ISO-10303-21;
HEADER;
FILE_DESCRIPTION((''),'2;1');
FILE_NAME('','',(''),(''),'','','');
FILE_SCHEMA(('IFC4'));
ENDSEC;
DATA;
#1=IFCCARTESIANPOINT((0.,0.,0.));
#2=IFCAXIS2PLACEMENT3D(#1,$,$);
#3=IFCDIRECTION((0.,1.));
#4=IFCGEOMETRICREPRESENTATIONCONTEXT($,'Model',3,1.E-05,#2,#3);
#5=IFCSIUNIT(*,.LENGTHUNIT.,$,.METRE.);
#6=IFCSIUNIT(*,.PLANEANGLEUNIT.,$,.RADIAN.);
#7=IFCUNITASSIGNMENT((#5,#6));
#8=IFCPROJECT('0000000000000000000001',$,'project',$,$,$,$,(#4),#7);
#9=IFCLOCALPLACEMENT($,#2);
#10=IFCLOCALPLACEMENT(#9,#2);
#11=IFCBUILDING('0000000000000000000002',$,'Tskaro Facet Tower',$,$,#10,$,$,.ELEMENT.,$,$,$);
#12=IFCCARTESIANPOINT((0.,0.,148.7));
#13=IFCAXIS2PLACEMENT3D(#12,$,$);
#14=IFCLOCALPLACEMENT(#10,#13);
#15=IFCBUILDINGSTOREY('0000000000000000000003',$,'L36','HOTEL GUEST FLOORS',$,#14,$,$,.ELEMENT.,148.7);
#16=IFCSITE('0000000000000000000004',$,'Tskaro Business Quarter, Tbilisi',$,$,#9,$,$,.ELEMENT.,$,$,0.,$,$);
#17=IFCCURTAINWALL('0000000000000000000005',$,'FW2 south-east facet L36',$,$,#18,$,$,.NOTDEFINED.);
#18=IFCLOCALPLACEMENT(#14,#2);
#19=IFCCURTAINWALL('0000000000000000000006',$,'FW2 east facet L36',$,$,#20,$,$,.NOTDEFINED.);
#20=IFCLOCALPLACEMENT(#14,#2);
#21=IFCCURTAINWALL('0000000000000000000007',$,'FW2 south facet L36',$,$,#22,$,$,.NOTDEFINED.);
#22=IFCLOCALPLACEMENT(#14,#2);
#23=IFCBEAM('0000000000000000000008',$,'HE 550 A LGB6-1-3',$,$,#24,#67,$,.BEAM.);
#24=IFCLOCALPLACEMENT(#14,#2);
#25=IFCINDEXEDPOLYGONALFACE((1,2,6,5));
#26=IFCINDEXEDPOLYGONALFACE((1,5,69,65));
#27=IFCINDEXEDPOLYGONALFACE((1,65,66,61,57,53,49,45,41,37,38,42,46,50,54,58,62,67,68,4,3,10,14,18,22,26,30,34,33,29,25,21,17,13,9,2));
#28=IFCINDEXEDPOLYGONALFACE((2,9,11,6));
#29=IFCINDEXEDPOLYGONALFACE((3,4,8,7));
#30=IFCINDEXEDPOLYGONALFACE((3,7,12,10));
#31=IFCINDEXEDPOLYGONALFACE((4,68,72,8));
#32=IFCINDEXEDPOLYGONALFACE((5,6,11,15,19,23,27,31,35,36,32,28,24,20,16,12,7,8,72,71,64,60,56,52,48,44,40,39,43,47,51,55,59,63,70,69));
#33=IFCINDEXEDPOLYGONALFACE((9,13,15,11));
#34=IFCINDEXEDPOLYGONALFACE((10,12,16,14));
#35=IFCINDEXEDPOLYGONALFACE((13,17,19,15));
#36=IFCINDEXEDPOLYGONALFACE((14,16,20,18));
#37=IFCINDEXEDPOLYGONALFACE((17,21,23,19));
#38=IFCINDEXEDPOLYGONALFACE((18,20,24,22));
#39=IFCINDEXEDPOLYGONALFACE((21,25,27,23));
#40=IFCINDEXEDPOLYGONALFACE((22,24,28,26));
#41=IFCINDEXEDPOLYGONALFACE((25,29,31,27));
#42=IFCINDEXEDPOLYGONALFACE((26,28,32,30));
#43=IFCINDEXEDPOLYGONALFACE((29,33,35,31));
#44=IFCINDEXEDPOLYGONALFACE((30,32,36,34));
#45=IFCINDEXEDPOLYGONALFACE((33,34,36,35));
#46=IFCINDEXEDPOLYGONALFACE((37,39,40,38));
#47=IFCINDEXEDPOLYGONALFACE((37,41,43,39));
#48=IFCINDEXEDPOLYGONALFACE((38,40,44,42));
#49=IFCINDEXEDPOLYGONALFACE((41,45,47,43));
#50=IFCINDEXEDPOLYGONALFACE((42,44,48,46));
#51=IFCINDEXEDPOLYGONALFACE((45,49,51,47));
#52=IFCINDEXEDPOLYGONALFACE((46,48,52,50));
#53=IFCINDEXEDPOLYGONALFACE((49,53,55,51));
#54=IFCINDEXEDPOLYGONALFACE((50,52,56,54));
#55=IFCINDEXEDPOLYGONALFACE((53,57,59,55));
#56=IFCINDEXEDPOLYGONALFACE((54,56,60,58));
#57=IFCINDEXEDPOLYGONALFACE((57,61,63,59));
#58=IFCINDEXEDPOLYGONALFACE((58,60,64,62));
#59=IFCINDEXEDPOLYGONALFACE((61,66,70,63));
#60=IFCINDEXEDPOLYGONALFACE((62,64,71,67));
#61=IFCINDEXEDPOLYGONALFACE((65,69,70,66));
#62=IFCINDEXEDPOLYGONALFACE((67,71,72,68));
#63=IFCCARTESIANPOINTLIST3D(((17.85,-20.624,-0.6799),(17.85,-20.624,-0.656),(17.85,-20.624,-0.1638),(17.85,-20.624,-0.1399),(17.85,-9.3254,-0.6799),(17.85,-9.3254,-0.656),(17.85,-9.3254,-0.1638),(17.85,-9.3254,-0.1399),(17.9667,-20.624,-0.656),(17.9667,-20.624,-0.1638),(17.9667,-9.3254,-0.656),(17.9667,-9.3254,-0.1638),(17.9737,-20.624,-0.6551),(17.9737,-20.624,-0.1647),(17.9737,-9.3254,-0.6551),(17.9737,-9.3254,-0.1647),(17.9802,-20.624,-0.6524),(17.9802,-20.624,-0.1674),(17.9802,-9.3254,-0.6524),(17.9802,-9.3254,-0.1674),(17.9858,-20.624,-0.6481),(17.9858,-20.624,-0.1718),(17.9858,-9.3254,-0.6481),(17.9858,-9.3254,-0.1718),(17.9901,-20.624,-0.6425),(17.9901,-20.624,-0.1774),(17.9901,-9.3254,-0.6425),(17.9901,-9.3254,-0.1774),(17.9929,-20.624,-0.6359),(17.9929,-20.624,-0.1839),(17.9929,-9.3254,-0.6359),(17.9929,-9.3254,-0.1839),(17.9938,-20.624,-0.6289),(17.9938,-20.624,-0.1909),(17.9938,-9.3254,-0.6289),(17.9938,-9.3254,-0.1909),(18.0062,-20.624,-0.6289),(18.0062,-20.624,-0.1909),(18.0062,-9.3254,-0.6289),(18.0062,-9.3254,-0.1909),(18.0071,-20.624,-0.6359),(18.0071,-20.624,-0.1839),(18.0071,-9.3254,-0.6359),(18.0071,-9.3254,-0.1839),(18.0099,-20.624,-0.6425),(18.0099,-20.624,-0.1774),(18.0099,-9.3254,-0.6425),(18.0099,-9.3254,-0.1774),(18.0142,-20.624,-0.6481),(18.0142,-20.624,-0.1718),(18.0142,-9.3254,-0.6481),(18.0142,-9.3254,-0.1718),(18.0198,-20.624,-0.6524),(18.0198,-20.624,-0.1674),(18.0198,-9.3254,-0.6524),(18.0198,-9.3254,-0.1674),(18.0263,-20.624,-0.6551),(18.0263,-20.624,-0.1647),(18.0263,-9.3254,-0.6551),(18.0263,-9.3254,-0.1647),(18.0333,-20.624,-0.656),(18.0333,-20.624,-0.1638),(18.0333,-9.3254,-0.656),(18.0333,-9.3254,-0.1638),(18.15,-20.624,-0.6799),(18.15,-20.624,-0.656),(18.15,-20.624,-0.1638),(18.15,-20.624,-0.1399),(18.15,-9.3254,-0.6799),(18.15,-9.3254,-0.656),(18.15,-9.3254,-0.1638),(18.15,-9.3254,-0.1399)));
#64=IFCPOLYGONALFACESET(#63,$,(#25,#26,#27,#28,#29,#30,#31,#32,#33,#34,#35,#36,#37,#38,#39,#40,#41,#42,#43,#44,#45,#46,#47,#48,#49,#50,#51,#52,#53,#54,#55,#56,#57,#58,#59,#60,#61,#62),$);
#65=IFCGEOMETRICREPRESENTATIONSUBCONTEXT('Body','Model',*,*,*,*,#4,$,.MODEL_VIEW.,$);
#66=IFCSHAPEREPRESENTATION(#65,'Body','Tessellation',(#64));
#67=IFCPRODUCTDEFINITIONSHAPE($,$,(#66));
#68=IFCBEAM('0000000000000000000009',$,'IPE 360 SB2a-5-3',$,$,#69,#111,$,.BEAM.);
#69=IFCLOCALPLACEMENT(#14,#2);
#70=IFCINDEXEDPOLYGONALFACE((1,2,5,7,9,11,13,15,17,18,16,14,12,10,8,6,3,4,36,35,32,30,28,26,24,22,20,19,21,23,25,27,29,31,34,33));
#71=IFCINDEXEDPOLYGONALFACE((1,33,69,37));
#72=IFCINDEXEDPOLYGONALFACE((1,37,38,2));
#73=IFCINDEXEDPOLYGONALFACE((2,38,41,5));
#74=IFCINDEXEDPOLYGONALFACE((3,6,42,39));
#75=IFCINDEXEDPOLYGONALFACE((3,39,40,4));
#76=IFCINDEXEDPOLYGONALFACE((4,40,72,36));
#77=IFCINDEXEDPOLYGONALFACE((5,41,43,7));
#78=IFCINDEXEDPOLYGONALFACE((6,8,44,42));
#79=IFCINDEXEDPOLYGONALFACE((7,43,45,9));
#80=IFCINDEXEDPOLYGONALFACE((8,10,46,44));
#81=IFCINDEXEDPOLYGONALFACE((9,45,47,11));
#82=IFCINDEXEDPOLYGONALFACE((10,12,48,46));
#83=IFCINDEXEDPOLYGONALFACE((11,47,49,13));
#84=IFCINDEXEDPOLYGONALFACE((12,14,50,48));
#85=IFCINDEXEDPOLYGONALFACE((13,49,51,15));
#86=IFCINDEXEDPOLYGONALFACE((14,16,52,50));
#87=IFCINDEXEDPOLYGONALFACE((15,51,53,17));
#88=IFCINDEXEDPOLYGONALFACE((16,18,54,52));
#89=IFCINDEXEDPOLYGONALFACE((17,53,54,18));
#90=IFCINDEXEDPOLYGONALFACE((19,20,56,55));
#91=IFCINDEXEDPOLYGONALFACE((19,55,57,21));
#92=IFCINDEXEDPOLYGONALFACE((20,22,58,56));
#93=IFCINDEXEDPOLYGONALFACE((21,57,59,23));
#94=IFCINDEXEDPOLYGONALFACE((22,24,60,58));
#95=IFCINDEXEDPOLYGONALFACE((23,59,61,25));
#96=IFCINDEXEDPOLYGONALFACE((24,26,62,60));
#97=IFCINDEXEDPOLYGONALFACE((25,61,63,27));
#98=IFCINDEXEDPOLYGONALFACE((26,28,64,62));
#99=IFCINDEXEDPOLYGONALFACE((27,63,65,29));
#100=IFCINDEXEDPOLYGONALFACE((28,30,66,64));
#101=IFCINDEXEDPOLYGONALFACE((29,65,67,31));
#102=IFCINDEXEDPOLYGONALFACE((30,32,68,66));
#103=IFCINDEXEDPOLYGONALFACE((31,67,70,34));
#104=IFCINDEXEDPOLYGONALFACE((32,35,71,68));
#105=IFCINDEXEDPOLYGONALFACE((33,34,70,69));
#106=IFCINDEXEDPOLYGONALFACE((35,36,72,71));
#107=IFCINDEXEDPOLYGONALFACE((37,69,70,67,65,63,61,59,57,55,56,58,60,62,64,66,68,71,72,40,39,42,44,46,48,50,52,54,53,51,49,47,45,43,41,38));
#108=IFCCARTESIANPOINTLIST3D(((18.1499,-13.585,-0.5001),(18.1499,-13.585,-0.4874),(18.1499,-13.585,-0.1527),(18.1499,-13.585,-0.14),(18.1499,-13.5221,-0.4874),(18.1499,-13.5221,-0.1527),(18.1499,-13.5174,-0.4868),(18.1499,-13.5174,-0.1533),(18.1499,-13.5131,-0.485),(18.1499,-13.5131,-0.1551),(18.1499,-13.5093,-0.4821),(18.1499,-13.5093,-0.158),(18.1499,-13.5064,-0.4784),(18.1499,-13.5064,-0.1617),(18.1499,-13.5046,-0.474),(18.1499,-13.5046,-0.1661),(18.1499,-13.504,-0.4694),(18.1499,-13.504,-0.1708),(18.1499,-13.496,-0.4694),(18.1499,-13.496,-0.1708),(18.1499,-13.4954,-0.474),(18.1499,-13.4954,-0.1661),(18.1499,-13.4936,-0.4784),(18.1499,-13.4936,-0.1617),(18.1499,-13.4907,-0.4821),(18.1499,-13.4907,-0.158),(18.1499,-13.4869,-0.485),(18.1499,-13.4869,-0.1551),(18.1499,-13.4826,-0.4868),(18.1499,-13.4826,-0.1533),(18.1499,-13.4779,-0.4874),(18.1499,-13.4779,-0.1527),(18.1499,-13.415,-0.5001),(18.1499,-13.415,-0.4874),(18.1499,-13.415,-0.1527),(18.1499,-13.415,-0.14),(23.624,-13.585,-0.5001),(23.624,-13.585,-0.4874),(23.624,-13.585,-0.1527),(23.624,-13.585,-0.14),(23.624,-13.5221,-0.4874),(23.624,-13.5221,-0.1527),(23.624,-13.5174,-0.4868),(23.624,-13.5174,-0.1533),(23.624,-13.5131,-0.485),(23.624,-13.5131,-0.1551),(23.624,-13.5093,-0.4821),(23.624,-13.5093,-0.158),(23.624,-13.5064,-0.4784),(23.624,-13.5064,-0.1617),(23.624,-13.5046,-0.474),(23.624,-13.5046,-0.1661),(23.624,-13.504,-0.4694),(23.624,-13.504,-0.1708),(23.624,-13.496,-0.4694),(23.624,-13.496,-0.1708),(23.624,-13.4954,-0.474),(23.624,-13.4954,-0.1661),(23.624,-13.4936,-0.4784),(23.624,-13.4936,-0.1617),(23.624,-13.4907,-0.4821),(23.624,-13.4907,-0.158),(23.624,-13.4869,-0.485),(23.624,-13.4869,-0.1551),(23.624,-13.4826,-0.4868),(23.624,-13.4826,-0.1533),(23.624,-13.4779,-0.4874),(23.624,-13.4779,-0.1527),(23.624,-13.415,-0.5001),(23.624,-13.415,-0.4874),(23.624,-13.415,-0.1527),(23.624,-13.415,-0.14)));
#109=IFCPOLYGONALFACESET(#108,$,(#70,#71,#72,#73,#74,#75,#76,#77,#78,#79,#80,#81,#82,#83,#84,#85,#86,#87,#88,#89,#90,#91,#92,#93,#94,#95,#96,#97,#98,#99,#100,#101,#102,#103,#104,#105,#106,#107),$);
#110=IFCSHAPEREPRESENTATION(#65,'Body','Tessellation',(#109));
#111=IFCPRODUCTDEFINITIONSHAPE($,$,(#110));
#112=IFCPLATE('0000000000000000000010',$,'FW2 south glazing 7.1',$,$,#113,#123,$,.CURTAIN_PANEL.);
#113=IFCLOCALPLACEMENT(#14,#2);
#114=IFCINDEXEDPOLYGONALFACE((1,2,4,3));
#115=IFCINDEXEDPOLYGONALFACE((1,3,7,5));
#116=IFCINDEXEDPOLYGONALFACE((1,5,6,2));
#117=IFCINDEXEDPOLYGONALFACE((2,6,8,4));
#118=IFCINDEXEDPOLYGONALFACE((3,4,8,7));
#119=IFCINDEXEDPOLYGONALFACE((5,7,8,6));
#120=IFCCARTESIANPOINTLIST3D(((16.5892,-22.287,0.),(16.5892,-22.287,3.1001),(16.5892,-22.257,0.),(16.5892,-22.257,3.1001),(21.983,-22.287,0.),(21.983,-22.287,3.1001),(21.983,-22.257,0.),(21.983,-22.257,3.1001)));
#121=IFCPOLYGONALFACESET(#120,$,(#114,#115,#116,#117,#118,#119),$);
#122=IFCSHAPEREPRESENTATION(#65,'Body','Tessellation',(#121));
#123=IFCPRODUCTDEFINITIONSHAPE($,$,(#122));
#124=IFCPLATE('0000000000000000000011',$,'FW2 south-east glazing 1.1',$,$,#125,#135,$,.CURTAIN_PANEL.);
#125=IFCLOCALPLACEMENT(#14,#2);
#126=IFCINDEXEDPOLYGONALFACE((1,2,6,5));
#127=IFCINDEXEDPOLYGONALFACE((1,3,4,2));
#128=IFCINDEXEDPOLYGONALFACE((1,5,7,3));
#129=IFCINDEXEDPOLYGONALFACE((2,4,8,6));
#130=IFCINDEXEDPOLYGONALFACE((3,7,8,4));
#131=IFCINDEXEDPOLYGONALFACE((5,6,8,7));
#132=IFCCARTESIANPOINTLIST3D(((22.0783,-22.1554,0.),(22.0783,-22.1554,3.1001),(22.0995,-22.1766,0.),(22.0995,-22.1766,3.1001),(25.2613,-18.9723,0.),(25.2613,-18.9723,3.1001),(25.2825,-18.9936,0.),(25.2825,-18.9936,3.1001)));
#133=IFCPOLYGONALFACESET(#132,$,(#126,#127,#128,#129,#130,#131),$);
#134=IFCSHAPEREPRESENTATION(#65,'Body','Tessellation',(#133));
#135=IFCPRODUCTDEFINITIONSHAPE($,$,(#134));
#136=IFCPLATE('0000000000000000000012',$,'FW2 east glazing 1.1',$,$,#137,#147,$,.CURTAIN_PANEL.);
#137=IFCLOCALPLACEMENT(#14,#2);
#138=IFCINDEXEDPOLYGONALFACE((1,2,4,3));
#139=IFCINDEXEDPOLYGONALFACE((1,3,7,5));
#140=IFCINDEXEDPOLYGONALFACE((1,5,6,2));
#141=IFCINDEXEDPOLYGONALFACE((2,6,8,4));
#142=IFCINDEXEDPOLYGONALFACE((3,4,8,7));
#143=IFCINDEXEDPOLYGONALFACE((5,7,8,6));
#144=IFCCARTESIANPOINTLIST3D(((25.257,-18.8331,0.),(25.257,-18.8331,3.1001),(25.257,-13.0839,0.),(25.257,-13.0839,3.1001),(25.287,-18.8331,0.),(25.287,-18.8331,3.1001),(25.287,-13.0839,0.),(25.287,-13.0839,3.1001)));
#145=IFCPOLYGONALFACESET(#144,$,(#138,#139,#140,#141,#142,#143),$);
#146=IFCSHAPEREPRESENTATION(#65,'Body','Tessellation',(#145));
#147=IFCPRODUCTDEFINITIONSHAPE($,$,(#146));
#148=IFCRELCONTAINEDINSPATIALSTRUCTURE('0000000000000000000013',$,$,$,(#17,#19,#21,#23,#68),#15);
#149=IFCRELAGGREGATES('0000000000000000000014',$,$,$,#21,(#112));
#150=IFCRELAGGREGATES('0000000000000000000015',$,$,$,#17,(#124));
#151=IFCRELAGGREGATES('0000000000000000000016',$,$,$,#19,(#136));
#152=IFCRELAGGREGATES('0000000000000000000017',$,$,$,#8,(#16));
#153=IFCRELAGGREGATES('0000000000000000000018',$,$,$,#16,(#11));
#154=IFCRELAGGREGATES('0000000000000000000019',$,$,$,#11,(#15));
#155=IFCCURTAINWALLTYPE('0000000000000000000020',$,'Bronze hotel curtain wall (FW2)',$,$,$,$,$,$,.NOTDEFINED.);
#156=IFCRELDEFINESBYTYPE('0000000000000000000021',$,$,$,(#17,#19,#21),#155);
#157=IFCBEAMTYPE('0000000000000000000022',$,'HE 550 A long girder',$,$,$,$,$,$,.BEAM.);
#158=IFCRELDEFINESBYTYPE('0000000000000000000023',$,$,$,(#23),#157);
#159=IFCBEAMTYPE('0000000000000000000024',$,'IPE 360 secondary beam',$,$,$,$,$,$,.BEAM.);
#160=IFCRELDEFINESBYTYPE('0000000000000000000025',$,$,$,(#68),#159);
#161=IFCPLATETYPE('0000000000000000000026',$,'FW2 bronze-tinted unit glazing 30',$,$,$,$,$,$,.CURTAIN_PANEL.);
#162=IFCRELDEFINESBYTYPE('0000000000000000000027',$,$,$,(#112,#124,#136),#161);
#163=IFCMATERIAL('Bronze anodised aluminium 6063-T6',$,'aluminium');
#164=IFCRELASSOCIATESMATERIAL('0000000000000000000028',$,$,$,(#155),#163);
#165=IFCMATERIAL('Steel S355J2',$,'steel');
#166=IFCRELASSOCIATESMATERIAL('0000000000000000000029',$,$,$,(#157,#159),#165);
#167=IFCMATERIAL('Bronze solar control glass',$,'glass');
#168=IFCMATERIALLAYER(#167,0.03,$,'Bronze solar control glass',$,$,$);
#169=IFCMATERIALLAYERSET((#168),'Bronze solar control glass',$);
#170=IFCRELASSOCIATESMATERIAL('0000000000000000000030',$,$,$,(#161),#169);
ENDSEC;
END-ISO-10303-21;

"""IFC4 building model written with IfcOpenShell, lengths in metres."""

from ifc_helpers import new_model, si_unit, direction, frame, origin, origin_2d, place, context, subcontext, project, spatial, rectangle, i_section, extrude, material, layer, layer_set, material_profile, profile_set, type_object, element, aggregate, save


model = new_model("IFC4")

# Units and contexts
model_context = context("Model", 3, precision=1e-05, world=origin(), true_north=direction((0.0, 1.0)))
body_context = subcontext(model_context, "Body", "Model", "MODEL_VIEW")
ifc_project = project(units=[si_unit("LENGTHUNIT", "METRE"), si_unit("PLANEANGLEUNIT", "RADIAN")], contexts=[model_context])

# Site, building, storey
site_placement = place(None, origin())
site = spatial("IfcSite", under=ifc_project, at=site_placement, Name="Tskaro Business Quarter, Tbilisi", CompositionType="ELEMENT", RefElevation=0.0)
building_placement = place(site_placement, origin())
building = spatial("IfcBuilding", under=site, at=building_placement, Name="Tskaro Facet Tower", CompositionType="ELEMENT")
storey_placement = place(building_placement, frame((0.0, 0.0, 148.7)))
storey = spatial("IfcBuildingStorey", under=building, at=storey_placement, Name="L36", Description="HOTEL GUEST FLOORS", CompositionType="ELEMENT", Elevation=148.7)

# Curtain walls
ifc_material_1 = material(Name="Bronze anodised aluminium 6063-T6", Category="aluminium")
curtain_wall_type = type_object("IfcCurtainWallType", Name="Bronze hotel curtain wall (FW2)", PredefinedType="NOTDEFINED", material=ifc_material_1)
curtain_wall_1_placement = place(storey_placement, origin())
curtain_wall_1 = element("IfcCurtainWall", 1, at=curtain_wall_1_placement, inside=storey, type_object=curtain_wall_type, Name="FW2 south-east facet L36", PredefinedType="NOTDEFINED")
curtain_wall_2_placement = place(storey_placement, origin())
curtain_wall_2 = element("IfcCurtainWall", 2, at=curtain_wall_2_placement, inside=storey, type_object=curtain_wall_type, Name="FW2 east facet L36", PredefinedType="NOTDEFINED")

# Curtain wall
curtain_wall_3_placement = place(storey_placement, origin())
curtain_wall_3 = element("IfcCurtainWall", 3, at=curtain_wall_3_placement, inside=storey, type_object=curtain_wall_type, Name="FW2 south facet L36", PredefinedType="NOTDEFINED")

# Beams
ifc_material_2 = material(Name="Steel S355J2", Category="steel")
ifc_material_profile_1 = material_profile(ifc_material_2, i_section(OverallWidth=0.3, OverallDepth=0.54, WebThickness=0.0125, FlangeThickness=0.0239, FilletRadius=0.0271, at=origin_2d()), Name="HE 550 A")
ifc_profile_set_1 = profile_set([ifc_material_profile_1], Name="Steel S355J2")
beam_type_1 = type_object("IfcBeamType", Name="HE 550 A long girder", PredefinedType="BEAM", material=ifc_profile_set_1)
beam_1_placement = place(storey_placement, frame((18.0, -20.624, -0.4099), z_axis=(0.0, 1.0, 0.0), x_axis=(-1.0, 0.0, 0.0)))
element("IfcBeam", 4, at=beam_1_placement, inside=storey, type_object=beam_type_1, Name="HE 550 A LGB6-1-3", PredefinedType="BEAM", context=body_context, shape_type="SweptSolid", body=[
    extrude(i_section(OverallWidth=0.3, OverallDepth=0.54, WebThickness=0.0125, FlangeThickness=0.0239, FilletRadius=0.0271, at=origin_2d()), origin(), (0.0, 0.0, 1.0), 11.2986),
])
ifc_material_profile_2 = material_profile(ifc_material_2, i_section(OverallWidth=0.1699, OverallDepth=0.3601, WebThickness=0.0081, FlangeThickness=0.0127, FilletRadius=0.0181, at=origin_2d()), Name="IPE 360")
ifc_profile_set_2 = profile_set([ifc_material_profile_2], Name="Steel S355J2")
beam_type_2 = type_object("IfcBeamType", Name="IPE 360 secondary beam", PredefinedType="BEAM", material=ifc_profile_set_2)
beam_2_placement = place(storey_placement, frame((18.1499, -13.5, -0.3201), z_axis=(1.0, 0.0, 0.0), x_axis=(0.0, 1.0, 0.0)))
element("IfcBeam", 5, at=beam_2_placement, inside=storey, type_object=beam_type_2, Name="IPE 360 SB2a-5-3", PredefinedType="BEAM", context=body_context, shape_type="SweptSolid", body=[
    extrude(i_section(OverallWidth=0.1699, OverallDepth=0.3601, WebThickness=0.0081, FlangeThickness=0.0127, FilletRadius=0.0181, at=origin_2d()), origin(), (0.0, 0.0, 1.0), 5.4741),
])

# Plates
ifc_material_3 = material(Name="Bronze solar control glass", Category="glass")
ifc_layer_1 = layer(ifc_material_3, 0.03, Name="Bronze solar control glass")
ifc_layer_set_1 = layer_set([ifc_layer_1], Name="Bronze solar control glass")
plate_type = type_object("IfcPlateType", Name="FW2 bronze-tinted unit glazing 30", PredefinedType="CURTAIN_PANEL", material=ifc_layer_set_1)
plate_1_placement = place(storey_placement, frame((19.2861, -22.272, 0.0), z_axis=(0.0, 0.0, 1.0), x_axis=(1.0, 0.0, 0.0)))
plate_1 = element("IfcPlate", 6, at=plate_1_placement, type_object=plate_type, Name="FW2 south glazing 7.1", PredefinedType="CURTAIN_PANEL", context=body_context, shape_type="SweptSolid", body=[
    extrude(rectangle(XDim=5.3938, YDim=0.03, at=origin_2d()), origin(), (0.0, 0.0, 1.0), 3.1001),
])
aggregate(curtain_wall_3, [plate_1])
plate_2_placement = place(storey_placement, frame((23.6804, -20.5745, 0.0), z_axis=(0.0, 0.0, 1.0), x_axis=(0.707107, 0.707107, 0.0)))
plate_2 = element("IfcPlate", 7, at=plate_2_placement, type_object=plate_type, Name="FW2 south-east glazing 1.1", PredefinedType="CURTAIN_PANEL", context=body_context, shape_type="SweptSolid", body=[
    extrude(rectangle(XDim=4.5015, YDim=0.03, at=origin_2d()), origin(), (0.0, 0.0, 1.0), 3.1001),
])
aggregate(curtain_wall_1, [plate_2])
plate_3_placement = place(storey_placement, frame((25.272, -15.9585, 0.0), z_axis=(0.0, 0.0, 1.0), x_axis=(0.0, 1.0, 0.0)))
plate_3 = element("IfcPlate", 8, at=plate_3_placement, type_object=plate_type, Name="FW2 east glazing 1.1", PredefinedType="CURTAIN_PANEL", context=body_context, shape_type="SweptSolid", body=[
    extrude(rectangle(XDim=5.7493, YDim=0.03, at=origin_2d()), origin(), (0.0, 0.0, 1.0), 3.1001),
])
aggregate(curtain_wall_2, [plate_3])

save(model, "model.ifc")
